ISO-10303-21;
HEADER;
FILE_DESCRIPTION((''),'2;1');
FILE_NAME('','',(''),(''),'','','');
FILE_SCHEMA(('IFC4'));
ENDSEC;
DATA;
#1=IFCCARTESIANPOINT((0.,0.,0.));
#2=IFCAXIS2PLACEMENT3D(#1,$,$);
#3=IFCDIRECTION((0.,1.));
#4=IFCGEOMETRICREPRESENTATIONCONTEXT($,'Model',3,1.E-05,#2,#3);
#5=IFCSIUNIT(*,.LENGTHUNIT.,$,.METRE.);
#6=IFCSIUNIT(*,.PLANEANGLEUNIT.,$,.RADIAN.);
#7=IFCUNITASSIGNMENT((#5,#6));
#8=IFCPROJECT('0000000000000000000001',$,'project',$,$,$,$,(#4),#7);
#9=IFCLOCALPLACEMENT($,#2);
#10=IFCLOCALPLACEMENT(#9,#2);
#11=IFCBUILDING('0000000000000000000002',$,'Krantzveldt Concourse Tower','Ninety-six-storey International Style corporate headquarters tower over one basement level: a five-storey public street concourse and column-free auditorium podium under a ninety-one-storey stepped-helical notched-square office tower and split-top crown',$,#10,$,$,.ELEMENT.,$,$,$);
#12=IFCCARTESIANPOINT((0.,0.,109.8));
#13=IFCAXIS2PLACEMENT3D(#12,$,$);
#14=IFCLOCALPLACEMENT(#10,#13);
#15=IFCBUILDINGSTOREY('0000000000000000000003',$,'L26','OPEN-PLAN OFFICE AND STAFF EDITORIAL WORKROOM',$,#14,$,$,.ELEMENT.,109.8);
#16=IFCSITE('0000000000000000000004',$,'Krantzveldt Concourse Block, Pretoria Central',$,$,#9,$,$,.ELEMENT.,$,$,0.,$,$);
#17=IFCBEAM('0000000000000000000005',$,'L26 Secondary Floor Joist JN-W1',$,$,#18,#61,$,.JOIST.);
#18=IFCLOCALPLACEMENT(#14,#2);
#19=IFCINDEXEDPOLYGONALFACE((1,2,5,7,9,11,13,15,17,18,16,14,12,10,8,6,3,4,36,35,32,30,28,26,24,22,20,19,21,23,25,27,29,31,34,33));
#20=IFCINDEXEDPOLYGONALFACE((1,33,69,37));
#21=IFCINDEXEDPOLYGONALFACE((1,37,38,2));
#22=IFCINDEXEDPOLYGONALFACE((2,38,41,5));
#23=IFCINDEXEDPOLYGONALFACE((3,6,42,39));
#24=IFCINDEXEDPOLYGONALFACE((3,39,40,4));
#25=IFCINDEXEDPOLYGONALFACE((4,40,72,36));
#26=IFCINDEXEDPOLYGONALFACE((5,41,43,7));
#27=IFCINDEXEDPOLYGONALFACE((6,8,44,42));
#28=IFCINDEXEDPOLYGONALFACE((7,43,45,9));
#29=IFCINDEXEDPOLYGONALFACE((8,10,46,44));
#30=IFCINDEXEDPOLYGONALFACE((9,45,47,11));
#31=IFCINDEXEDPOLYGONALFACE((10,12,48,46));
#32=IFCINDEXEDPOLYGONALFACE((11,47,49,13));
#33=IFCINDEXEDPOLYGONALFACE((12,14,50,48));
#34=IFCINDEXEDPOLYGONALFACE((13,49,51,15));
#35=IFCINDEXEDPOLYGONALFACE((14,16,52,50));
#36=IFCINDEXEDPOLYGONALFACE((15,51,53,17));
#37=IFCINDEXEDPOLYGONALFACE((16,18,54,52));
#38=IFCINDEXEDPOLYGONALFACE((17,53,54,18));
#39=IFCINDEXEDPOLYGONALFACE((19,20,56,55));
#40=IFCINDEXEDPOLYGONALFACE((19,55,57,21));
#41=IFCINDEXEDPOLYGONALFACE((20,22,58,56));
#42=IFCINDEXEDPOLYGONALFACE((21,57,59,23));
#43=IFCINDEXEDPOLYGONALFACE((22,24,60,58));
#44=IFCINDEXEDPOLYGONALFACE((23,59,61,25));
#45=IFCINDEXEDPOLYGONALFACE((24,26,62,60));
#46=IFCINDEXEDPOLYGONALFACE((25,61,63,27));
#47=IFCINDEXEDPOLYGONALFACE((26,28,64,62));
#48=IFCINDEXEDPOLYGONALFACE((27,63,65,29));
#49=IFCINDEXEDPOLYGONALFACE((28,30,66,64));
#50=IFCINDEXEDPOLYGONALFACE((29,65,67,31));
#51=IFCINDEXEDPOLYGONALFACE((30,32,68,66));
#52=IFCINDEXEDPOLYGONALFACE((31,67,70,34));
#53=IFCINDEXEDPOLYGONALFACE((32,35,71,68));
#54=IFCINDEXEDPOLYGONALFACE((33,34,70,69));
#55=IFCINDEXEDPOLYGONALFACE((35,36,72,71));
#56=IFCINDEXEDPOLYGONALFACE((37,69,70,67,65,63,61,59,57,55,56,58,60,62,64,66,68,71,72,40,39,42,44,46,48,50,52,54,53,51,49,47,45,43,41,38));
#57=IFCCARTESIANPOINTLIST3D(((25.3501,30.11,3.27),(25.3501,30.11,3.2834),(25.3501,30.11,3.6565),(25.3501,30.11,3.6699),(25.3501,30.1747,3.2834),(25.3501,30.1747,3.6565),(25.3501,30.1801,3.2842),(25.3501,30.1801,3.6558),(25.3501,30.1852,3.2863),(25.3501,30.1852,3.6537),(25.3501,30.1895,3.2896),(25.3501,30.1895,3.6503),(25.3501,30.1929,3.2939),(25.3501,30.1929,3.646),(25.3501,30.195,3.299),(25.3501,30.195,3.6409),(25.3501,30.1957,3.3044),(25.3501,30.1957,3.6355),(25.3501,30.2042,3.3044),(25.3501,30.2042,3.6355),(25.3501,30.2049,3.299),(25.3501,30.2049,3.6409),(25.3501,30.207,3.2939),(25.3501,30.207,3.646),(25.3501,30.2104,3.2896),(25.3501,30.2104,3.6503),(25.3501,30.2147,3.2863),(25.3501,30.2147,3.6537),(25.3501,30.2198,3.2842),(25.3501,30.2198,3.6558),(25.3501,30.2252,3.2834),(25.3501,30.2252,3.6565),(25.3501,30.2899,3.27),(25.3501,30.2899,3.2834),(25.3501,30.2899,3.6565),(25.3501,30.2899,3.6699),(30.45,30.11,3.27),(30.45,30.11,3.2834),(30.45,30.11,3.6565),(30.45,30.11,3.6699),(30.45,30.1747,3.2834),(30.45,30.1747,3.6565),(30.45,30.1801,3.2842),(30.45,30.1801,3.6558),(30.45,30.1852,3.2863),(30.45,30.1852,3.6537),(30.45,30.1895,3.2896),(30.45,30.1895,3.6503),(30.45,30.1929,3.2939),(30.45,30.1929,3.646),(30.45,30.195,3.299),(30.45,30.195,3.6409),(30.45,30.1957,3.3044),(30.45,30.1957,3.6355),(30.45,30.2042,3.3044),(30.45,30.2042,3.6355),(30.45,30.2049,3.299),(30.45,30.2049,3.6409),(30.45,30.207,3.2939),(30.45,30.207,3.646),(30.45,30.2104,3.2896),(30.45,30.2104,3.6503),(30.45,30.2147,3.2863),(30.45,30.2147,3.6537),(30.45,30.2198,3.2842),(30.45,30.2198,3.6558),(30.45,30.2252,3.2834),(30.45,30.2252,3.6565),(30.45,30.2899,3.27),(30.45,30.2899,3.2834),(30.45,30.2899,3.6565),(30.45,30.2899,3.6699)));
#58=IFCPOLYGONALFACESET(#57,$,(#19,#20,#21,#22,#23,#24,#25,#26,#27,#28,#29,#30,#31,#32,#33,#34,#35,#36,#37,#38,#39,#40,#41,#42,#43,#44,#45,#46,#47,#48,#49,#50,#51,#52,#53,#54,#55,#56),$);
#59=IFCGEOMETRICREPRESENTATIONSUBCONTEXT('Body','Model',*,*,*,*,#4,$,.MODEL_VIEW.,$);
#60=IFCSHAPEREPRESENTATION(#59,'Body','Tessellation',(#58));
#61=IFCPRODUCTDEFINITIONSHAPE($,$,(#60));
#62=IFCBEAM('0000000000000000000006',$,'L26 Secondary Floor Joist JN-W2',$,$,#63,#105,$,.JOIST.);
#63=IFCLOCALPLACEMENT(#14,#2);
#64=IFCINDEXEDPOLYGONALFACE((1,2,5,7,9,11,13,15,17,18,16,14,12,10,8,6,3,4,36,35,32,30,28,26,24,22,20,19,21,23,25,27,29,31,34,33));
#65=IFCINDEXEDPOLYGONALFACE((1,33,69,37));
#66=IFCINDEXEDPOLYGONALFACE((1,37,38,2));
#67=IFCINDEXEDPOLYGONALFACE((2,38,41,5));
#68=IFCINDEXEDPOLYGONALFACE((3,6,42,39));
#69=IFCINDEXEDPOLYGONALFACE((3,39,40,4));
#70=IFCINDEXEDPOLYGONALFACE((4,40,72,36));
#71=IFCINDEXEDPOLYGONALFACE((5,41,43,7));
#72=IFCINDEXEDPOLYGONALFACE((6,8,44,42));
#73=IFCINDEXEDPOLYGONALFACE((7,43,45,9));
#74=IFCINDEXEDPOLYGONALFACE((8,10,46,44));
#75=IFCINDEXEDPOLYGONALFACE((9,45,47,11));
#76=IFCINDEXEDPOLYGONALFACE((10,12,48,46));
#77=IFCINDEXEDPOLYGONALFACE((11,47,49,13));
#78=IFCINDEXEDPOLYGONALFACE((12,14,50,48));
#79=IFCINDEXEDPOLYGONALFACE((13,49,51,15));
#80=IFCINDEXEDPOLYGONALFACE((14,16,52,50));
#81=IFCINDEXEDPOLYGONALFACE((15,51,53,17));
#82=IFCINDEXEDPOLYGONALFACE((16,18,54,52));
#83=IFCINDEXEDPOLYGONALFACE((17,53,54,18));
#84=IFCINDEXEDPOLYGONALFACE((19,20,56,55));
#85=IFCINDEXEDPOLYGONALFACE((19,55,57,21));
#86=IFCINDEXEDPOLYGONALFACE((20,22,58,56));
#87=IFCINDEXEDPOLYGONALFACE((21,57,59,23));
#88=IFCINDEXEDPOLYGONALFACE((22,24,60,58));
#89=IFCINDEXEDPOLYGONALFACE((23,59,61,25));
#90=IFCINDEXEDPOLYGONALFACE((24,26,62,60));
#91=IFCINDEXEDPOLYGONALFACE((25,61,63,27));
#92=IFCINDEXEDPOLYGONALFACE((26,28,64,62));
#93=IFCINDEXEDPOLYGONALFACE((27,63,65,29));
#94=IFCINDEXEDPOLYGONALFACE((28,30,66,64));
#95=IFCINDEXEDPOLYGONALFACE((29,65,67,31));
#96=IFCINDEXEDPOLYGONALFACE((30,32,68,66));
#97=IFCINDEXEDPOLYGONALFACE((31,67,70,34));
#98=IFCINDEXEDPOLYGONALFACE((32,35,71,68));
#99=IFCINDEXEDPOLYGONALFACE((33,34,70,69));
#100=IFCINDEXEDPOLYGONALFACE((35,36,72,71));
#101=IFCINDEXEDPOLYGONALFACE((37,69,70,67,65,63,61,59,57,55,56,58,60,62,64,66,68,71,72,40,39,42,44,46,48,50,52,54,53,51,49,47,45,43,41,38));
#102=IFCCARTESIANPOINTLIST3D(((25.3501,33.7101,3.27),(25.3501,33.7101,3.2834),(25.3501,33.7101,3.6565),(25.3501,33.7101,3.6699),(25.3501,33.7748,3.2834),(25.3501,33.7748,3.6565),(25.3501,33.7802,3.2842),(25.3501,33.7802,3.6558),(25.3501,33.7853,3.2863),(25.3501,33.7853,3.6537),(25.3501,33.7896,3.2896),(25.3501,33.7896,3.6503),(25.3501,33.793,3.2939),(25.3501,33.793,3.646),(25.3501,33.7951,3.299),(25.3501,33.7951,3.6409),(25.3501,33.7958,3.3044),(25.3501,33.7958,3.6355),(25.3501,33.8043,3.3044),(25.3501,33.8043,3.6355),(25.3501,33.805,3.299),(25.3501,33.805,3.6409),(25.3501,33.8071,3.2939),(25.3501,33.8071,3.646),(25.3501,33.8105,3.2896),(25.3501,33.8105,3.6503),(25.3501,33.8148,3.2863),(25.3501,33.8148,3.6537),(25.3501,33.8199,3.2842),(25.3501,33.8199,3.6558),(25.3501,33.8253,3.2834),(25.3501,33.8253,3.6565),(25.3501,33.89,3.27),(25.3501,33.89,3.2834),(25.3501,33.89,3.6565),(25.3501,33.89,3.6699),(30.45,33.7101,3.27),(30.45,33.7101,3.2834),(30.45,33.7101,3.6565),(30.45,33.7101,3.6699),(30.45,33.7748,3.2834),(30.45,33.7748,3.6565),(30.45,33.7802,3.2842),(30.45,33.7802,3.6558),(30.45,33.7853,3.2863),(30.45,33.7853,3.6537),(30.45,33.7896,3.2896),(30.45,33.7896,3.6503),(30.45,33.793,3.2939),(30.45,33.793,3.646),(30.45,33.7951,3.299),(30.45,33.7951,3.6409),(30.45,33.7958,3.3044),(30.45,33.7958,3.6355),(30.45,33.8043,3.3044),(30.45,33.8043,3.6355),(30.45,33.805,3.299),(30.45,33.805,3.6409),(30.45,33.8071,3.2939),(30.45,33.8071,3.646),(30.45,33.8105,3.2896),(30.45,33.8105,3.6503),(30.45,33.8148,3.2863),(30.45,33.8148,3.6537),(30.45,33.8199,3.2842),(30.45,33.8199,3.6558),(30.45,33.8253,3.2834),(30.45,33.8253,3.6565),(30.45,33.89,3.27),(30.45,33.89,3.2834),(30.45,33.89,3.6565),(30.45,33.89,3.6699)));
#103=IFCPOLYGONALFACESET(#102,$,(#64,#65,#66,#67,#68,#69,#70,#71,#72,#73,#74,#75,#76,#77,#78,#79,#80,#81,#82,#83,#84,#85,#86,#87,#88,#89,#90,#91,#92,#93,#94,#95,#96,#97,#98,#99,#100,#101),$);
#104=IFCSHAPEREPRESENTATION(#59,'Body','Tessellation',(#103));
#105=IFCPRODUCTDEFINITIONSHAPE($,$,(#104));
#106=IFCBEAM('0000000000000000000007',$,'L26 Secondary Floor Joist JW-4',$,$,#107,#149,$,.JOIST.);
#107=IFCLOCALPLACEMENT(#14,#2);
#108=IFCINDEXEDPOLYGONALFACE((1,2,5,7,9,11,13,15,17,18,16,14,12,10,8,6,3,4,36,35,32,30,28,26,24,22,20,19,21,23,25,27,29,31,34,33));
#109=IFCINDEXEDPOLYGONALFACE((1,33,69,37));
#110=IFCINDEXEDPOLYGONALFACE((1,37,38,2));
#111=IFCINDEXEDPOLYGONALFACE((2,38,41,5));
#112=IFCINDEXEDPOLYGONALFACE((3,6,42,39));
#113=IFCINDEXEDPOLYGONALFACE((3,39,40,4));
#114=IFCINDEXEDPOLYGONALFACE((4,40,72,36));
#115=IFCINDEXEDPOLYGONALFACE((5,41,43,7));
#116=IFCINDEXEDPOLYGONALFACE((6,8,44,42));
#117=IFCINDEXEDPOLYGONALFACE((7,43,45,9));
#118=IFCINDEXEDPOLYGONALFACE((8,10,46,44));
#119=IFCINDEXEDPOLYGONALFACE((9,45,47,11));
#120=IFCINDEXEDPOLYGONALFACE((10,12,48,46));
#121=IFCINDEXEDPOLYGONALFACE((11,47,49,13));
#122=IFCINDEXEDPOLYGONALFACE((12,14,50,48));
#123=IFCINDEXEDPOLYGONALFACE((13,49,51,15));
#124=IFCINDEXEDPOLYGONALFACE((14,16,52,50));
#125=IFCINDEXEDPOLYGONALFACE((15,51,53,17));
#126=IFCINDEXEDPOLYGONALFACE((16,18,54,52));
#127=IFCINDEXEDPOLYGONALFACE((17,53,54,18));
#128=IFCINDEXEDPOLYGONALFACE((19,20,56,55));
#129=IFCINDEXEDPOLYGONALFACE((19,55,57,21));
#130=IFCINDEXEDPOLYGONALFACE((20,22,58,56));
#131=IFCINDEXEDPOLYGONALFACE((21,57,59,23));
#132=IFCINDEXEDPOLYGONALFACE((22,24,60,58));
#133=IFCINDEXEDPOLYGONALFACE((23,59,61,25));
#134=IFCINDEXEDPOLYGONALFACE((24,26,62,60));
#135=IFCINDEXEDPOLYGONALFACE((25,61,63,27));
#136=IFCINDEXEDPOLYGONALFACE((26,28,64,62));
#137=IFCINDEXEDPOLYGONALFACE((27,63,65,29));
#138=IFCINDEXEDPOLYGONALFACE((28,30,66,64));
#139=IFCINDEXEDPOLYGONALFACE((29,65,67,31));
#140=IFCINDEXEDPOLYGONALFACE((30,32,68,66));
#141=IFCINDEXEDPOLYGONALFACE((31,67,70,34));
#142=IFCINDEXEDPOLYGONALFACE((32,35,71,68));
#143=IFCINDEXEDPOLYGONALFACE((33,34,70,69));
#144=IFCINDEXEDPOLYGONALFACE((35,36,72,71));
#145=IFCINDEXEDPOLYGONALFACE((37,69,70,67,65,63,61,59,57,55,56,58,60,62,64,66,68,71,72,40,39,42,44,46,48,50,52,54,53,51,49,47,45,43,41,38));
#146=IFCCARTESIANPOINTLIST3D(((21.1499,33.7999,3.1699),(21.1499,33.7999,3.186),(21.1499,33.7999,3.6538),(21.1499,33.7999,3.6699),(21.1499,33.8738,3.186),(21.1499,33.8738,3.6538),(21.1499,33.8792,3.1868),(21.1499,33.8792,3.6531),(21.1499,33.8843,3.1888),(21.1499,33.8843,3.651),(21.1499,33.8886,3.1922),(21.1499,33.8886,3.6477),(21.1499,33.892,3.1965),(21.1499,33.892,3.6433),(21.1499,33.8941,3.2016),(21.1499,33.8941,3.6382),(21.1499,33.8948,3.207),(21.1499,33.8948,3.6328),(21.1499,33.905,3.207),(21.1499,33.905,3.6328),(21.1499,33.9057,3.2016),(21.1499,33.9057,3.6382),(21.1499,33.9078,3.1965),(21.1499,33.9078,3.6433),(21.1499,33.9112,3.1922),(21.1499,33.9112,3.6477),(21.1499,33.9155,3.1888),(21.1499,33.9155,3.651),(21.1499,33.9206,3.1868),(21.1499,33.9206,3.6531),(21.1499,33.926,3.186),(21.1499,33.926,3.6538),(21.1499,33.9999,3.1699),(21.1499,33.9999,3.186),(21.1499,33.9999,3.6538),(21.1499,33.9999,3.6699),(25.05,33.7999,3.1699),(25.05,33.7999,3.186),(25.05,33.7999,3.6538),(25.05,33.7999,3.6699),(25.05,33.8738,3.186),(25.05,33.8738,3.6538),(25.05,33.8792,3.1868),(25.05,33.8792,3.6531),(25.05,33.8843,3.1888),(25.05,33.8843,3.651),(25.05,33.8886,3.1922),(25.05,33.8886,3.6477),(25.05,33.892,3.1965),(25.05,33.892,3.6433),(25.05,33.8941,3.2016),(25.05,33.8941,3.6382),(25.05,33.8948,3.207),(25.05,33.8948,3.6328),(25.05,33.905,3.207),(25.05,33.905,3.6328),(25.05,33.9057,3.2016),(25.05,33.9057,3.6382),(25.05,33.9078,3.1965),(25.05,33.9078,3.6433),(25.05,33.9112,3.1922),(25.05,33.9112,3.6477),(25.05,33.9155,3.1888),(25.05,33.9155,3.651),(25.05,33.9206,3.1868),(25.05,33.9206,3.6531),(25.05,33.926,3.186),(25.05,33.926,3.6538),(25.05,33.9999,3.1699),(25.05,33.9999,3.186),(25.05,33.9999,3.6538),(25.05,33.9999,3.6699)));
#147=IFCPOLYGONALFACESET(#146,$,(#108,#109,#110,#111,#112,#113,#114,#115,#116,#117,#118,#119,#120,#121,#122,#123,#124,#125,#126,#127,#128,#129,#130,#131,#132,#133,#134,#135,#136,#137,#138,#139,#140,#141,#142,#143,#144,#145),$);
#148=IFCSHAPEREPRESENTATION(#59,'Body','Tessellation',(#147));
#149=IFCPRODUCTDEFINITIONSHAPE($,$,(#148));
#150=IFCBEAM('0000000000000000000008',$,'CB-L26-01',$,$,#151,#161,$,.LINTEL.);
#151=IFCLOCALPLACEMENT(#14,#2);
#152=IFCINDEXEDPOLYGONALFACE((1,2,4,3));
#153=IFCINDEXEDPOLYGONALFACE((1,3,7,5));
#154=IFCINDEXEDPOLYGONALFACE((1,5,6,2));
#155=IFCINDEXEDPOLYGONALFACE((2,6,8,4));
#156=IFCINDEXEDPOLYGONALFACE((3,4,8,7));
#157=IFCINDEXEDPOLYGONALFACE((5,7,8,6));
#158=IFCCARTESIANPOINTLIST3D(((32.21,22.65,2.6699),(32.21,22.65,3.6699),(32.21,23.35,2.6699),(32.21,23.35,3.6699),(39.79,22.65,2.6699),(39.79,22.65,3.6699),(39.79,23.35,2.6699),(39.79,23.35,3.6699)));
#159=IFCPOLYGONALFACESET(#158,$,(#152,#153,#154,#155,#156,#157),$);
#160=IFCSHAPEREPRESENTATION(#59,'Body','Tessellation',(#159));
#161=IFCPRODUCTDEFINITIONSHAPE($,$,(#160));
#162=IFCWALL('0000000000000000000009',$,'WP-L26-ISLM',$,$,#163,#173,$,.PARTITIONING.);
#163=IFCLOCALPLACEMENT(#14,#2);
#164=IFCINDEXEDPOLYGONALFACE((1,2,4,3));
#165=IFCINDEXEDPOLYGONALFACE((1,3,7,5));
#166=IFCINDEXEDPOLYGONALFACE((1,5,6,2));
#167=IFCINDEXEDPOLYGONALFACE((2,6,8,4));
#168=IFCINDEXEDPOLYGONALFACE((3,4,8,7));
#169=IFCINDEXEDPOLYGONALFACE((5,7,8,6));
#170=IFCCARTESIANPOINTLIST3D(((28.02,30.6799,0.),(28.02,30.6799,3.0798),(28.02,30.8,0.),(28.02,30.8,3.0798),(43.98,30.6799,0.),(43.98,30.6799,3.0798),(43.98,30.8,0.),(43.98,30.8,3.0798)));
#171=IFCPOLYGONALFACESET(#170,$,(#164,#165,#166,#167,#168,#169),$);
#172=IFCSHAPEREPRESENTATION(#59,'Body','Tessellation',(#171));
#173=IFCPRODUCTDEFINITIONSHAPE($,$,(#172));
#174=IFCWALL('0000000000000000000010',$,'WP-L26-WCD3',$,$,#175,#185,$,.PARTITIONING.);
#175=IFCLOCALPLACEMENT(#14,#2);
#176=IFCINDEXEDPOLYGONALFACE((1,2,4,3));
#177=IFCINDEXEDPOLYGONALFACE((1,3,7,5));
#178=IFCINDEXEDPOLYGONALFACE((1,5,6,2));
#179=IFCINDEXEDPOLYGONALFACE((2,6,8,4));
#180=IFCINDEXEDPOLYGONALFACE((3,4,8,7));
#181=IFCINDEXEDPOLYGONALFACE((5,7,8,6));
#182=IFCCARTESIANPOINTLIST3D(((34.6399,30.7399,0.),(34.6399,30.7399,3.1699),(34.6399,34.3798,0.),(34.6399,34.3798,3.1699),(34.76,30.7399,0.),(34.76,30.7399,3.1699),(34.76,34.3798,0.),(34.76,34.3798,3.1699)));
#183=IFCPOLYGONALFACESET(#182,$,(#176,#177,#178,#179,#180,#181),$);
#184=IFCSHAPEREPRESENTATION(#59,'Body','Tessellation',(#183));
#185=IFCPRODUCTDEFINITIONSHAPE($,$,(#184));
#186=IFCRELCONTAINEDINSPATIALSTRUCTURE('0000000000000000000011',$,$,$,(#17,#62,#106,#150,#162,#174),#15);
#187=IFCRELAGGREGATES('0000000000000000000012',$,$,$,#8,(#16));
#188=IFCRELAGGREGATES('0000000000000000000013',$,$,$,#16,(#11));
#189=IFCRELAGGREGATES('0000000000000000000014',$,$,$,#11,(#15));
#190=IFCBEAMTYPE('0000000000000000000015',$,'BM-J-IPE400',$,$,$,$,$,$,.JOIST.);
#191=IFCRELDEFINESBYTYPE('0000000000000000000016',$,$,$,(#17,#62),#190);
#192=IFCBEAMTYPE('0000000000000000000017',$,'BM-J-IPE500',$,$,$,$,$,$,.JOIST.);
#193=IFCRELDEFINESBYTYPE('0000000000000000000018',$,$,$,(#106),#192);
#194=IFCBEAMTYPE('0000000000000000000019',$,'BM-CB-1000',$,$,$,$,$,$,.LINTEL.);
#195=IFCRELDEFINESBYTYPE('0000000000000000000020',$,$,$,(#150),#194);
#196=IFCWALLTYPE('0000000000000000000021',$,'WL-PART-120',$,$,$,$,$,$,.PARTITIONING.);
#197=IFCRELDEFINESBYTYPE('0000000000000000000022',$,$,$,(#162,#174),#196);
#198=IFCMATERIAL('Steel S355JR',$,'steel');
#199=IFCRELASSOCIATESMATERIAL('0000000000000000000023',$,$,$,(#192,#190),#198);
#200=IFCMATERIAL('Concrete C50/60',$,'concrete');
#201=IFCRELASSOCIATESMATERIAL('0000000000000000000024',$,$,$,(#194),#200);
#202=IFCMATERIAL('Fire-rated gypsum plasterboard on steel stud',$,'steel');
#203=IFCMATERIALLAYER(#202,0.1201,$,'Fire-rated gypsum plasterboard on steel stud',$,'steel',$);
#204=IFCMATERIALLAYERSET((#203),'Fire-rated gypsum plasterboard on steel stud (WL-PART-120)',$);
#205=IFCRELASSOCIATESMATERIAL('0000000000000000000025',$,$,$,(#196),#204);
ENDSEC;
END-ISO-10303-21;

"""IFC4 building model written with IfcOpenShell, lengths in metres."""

from ifc_helpers import new_model, si_unit, direction, frame, frame_2d, origin, origin_2d, place, context, subcontext, project, spatial, rectangle, i_section, extrude, source, transform, mapped, material, layer, layer_set, material_profile, profile_set, type_object, type_shapes, element, save


model = new_model("IFC4")

# Units and contexts
model_context = context("Model", 3, precision=1e-05, world=origin(), true_north=direction((0.0, 1.0)))
body_context = subcontext(model_context, "Body", "Model", "MODEL_VIEW")
ifc_project = project(units=[si_unit("LENGTHUNIT", "METRE"), si_unit("PLANEANGLEUNIT", "RADIAN")], contexts=[model_context])

# Site, building, storey
site_placement = place(None, origin())
site = spatial("IfcSite", under=ifc_project, at=site_placement, Name="Krantzveldt Concourse Block, Pretoria Central", CompositionType="ELEMENT", RefElevation=0.0)
building_placement = place(site_placement, origin())
building = spatial("IfcBuilding", under=site, at=building_placement, Name="Krantzveldt Concourse Tower", Description="Ninety-six-storey International Style corporate headquarters tower over one basement level: a five-storey public street concourse and column-free auditorium podium under a ninety-one-storey stepped-helical notched-square office tower and split-top crown", CompositionType="ELEMENT")
storey_placement = place(building_placement, frame((0.0, 0.0, 109.8)))
storey = spatial("IfcBuildingStorey", under=building, at=storey_placement, Name="L26", Description="OPEN-PLAN OFFICE AND STAFF EDITORIAL WORKROOM", CompositionType="ELEMENT", Elevation=109.8)

# Beams
ifc_material_1 = material(Name="Steel S355JR", Category="steel")
ifc_material_profile_1 = material_profile(ifc_material_1, i_section(OverallWidth=0.2, OverallDepth=0.5, WebThickness=0.0103, FlangeThickness=0.0161, FilletRadius=0.021, at=origin_2d()), Name="Steel S355JR", Category="steel")
ifc_profile_set_1 = profile_set([ifc_material_profile_1], Name="Steel S355JR - IPE 500")
beam_type_1 = type_object("IfcBeamType", Name="BM-J-IPE500", PredefinedType="JOIST", material=ifc_profile_set_1)
ifc_material_profile_2 = material_profile(ifc_material_1, i_section(OverallWidth=0.1799, OverallDepth=0.3999, WebThickness=0.0085, FlangeThickness=0.0134, FilletRadius=0.021, at=origin_2d()), Name="Steel S355JR", Category="steel")
ifc_profile_set_2 = profile_set([ifc_material_profile_2], Name="Steel S355JR - IPE 400")
beam_type_2 = type_object("IfcBeamType", Name="BM-J-IPE400", PredefinedType="JOIST", material=ifc_profile_set_2)
shared_shape_1 = source(origin(), body_context, "Body", "SweptSolid", [
    extrude(i_section(OverallWidth=0.1799, OverallDepth=0.3999, WebThickness=0.0085, FlangeThickness=0.0134, FilletRadius=0.021, at=origin_2d()), origin(), (0.0, 0.0, 1.0), 5.0999),
])
type_shapes(beam_type_2, [shared_shape_1])
for number, where, z_axis, x_axis, name in (
    (1, (25.3501, 30.2, 3.47), (1.0, 0.0, 0.0), (0.0, 1.0, 0.0), "L26 Secondary Floor Joist JN-W1"),
    (2, (25.3501, 33.8, 3.47), (1.0, 0.0, 0.0), (0.0, 1.0, 0.0), "L26 Secondary Floor Joist JN-W2"),
):
    element("IfcBeam", number, at=place(storey_placement, frame(where, z_axis=z_axis, x_axis=x_axis)), inside=storey, type_object=beam_type_2, Name=name, PredefinedType="JOIST", context=body_context, shape_type="MappedRepresentation", body=[
        mapped(shared_shape_1, transform((0.0, 0.0, 0.0), x_axis=(1.0, 0.0, 0.0), y_axis=(0.0, 1.0, 0.0), z_axis=(0.0, 0.0, 1.0), scale=1.0)),
    ])
shared_shape_2 = source(origin(), body_context, "Body", "SweptSolid", [
    extrude(i_section(OverallWidth=0.2, OverallDepth=0.5, WebThickness=0.0103, FlangeThickness=0.0161, FilletRadius=0.021, at=origin_2d()), origin(), (0.0, 0.0, 1.0), 3.9001),
])
beam_1_placement = place(storey_placement, frame((21.1499, 33.8999, 3.4199), z_axis=(1.0, 0.0, 0.0), x_axis=(0.0, 1.0, 0.0)))
element("IfcBeam", 3, at=beam_1_placement, inside=storey, type_object=beam_type_1, Name="L26 Secondary Floor Joist JW-4", PredefinedType="JOIST", context=body_context, shape_type="MappedRepresentation", body=[
    mapped(shared_shape_2, transform((0.0, 0.0, 0.0), x_axis=(1.0, 0.0, 0.0), y_axis=(0.0, 1.0, 0.0), z_axis=(0.0, 0.0, 1.0), scale=1.0)),
])
ifc_material_2 = material(Name="Concrete C50/60", Category="concrete")
ifc_material_profile_3 = material_profile(ifc_material_2, rectangle(XDim=0.7, YDim=1.0, at=origin_2d()), Name="Concrete C50/60", Category="concrete")
ifc_profile_set_3 = profile_set([ifc_material_profile_3], Name="Concrete C50/60 - RC-CB 700x1000")
beam_type_3 = type_object("IfcBeamType", Name="BM-CB-1000", PredefinedType="LINTEL", material=ifc_profile_set_3)
shared_shape_3 = source(origin(), body_context, "Body", "SweptSolid", [
    extrude(rectangle(XDim=0.7, YDim=1.0, at=origin_2d()), origin(), (0.0, 0.0, 1.0), 7.5801),
])
type_shapes(beam_type_3, [shared_shape_3])
beam_2_placement = place(storey_placement, frame((32.21, 23.0, 3.1699), z_axis=(1.0, 0.0, 0.0), x_axis=(0.0, 1.0, 0.0)))
element("IfcBeam", 4, at=beam_2_placement, inside=storey, type_object=beam_type_3, Name="CB-L26-01", PredefinedType="LINTEL", context=body_context, shape_type="MappedRepresentation", body=[
    mapped(shared_shape_3, transform((0.0, 0.0, 0.0), x_axis=(1.0, 0.0, 0.0), y_axis=(0.0, 1.0, 0.0), z_axis=(0.0, 0.0, 1.0), scale=1.0)),
])

# Walls
ifc_material_3 = material(Name="Fire-rated gypsum plasterboard on steel stud", Category="steel")
ifc_layer_1 = layer(ifc_material_3, 0.1201, Name="Fire-rated gypsum plasterboard on steel stud", Category="steel")
ifc_layer_set_1 = layer_set([ifc_layer_1], Name="Fire-rated gypsum plasterboard on steel stud (WL-PART-120)")
wall_type_1 = type_object("IfcWallType", Name="WL-PART-120", PredefinedType="PARTITIONING", material=ifc_layer_set_1)
wall_1_placement = place(storey_placement, frame((28.02, 30.74, 0.0), z_axis=(0.0, 0.0, 1.0), x_axis=(1.0, 0.0, 0.0)))
element("IfcWall", 5, at=wall_1_placement, inside=storey, type_object=wall_type_1, Name="WP-L26-ISLM", PredefinedType="PARTITIONING", context=body_context, shape_type="SweptSolid", body=[
    extrude(rectangle(XDim=15.96, YDim=0.1201, at=frame_2d((7.98, 0.0))), origin(), (0.0, 0.0, 1.0), 3.0798),
])
wall_2_placement = place(storey_placement, frame((34.7, 30.74, 0.0), z_axis=(0.0, 0.0, 1.0), x_axis=(0.0, 1.0, 0.0)))
element("IfcWall", 6, at=wall_2_placement, inside=storey, type_object=wall_type_1, Name="WP-L26-WCD3", PredefinedType="PARTITIONING", context=body_context, shape_type="SweptSolid", body=[
    extrude(rectangle(XDim=3.6399, YDim=0.1201, at=frame_2d((1.8198, 0.0))), origin(), (0.0, 0.0, 1.0), 3.1699),
])

save(model, "model.ifc")
